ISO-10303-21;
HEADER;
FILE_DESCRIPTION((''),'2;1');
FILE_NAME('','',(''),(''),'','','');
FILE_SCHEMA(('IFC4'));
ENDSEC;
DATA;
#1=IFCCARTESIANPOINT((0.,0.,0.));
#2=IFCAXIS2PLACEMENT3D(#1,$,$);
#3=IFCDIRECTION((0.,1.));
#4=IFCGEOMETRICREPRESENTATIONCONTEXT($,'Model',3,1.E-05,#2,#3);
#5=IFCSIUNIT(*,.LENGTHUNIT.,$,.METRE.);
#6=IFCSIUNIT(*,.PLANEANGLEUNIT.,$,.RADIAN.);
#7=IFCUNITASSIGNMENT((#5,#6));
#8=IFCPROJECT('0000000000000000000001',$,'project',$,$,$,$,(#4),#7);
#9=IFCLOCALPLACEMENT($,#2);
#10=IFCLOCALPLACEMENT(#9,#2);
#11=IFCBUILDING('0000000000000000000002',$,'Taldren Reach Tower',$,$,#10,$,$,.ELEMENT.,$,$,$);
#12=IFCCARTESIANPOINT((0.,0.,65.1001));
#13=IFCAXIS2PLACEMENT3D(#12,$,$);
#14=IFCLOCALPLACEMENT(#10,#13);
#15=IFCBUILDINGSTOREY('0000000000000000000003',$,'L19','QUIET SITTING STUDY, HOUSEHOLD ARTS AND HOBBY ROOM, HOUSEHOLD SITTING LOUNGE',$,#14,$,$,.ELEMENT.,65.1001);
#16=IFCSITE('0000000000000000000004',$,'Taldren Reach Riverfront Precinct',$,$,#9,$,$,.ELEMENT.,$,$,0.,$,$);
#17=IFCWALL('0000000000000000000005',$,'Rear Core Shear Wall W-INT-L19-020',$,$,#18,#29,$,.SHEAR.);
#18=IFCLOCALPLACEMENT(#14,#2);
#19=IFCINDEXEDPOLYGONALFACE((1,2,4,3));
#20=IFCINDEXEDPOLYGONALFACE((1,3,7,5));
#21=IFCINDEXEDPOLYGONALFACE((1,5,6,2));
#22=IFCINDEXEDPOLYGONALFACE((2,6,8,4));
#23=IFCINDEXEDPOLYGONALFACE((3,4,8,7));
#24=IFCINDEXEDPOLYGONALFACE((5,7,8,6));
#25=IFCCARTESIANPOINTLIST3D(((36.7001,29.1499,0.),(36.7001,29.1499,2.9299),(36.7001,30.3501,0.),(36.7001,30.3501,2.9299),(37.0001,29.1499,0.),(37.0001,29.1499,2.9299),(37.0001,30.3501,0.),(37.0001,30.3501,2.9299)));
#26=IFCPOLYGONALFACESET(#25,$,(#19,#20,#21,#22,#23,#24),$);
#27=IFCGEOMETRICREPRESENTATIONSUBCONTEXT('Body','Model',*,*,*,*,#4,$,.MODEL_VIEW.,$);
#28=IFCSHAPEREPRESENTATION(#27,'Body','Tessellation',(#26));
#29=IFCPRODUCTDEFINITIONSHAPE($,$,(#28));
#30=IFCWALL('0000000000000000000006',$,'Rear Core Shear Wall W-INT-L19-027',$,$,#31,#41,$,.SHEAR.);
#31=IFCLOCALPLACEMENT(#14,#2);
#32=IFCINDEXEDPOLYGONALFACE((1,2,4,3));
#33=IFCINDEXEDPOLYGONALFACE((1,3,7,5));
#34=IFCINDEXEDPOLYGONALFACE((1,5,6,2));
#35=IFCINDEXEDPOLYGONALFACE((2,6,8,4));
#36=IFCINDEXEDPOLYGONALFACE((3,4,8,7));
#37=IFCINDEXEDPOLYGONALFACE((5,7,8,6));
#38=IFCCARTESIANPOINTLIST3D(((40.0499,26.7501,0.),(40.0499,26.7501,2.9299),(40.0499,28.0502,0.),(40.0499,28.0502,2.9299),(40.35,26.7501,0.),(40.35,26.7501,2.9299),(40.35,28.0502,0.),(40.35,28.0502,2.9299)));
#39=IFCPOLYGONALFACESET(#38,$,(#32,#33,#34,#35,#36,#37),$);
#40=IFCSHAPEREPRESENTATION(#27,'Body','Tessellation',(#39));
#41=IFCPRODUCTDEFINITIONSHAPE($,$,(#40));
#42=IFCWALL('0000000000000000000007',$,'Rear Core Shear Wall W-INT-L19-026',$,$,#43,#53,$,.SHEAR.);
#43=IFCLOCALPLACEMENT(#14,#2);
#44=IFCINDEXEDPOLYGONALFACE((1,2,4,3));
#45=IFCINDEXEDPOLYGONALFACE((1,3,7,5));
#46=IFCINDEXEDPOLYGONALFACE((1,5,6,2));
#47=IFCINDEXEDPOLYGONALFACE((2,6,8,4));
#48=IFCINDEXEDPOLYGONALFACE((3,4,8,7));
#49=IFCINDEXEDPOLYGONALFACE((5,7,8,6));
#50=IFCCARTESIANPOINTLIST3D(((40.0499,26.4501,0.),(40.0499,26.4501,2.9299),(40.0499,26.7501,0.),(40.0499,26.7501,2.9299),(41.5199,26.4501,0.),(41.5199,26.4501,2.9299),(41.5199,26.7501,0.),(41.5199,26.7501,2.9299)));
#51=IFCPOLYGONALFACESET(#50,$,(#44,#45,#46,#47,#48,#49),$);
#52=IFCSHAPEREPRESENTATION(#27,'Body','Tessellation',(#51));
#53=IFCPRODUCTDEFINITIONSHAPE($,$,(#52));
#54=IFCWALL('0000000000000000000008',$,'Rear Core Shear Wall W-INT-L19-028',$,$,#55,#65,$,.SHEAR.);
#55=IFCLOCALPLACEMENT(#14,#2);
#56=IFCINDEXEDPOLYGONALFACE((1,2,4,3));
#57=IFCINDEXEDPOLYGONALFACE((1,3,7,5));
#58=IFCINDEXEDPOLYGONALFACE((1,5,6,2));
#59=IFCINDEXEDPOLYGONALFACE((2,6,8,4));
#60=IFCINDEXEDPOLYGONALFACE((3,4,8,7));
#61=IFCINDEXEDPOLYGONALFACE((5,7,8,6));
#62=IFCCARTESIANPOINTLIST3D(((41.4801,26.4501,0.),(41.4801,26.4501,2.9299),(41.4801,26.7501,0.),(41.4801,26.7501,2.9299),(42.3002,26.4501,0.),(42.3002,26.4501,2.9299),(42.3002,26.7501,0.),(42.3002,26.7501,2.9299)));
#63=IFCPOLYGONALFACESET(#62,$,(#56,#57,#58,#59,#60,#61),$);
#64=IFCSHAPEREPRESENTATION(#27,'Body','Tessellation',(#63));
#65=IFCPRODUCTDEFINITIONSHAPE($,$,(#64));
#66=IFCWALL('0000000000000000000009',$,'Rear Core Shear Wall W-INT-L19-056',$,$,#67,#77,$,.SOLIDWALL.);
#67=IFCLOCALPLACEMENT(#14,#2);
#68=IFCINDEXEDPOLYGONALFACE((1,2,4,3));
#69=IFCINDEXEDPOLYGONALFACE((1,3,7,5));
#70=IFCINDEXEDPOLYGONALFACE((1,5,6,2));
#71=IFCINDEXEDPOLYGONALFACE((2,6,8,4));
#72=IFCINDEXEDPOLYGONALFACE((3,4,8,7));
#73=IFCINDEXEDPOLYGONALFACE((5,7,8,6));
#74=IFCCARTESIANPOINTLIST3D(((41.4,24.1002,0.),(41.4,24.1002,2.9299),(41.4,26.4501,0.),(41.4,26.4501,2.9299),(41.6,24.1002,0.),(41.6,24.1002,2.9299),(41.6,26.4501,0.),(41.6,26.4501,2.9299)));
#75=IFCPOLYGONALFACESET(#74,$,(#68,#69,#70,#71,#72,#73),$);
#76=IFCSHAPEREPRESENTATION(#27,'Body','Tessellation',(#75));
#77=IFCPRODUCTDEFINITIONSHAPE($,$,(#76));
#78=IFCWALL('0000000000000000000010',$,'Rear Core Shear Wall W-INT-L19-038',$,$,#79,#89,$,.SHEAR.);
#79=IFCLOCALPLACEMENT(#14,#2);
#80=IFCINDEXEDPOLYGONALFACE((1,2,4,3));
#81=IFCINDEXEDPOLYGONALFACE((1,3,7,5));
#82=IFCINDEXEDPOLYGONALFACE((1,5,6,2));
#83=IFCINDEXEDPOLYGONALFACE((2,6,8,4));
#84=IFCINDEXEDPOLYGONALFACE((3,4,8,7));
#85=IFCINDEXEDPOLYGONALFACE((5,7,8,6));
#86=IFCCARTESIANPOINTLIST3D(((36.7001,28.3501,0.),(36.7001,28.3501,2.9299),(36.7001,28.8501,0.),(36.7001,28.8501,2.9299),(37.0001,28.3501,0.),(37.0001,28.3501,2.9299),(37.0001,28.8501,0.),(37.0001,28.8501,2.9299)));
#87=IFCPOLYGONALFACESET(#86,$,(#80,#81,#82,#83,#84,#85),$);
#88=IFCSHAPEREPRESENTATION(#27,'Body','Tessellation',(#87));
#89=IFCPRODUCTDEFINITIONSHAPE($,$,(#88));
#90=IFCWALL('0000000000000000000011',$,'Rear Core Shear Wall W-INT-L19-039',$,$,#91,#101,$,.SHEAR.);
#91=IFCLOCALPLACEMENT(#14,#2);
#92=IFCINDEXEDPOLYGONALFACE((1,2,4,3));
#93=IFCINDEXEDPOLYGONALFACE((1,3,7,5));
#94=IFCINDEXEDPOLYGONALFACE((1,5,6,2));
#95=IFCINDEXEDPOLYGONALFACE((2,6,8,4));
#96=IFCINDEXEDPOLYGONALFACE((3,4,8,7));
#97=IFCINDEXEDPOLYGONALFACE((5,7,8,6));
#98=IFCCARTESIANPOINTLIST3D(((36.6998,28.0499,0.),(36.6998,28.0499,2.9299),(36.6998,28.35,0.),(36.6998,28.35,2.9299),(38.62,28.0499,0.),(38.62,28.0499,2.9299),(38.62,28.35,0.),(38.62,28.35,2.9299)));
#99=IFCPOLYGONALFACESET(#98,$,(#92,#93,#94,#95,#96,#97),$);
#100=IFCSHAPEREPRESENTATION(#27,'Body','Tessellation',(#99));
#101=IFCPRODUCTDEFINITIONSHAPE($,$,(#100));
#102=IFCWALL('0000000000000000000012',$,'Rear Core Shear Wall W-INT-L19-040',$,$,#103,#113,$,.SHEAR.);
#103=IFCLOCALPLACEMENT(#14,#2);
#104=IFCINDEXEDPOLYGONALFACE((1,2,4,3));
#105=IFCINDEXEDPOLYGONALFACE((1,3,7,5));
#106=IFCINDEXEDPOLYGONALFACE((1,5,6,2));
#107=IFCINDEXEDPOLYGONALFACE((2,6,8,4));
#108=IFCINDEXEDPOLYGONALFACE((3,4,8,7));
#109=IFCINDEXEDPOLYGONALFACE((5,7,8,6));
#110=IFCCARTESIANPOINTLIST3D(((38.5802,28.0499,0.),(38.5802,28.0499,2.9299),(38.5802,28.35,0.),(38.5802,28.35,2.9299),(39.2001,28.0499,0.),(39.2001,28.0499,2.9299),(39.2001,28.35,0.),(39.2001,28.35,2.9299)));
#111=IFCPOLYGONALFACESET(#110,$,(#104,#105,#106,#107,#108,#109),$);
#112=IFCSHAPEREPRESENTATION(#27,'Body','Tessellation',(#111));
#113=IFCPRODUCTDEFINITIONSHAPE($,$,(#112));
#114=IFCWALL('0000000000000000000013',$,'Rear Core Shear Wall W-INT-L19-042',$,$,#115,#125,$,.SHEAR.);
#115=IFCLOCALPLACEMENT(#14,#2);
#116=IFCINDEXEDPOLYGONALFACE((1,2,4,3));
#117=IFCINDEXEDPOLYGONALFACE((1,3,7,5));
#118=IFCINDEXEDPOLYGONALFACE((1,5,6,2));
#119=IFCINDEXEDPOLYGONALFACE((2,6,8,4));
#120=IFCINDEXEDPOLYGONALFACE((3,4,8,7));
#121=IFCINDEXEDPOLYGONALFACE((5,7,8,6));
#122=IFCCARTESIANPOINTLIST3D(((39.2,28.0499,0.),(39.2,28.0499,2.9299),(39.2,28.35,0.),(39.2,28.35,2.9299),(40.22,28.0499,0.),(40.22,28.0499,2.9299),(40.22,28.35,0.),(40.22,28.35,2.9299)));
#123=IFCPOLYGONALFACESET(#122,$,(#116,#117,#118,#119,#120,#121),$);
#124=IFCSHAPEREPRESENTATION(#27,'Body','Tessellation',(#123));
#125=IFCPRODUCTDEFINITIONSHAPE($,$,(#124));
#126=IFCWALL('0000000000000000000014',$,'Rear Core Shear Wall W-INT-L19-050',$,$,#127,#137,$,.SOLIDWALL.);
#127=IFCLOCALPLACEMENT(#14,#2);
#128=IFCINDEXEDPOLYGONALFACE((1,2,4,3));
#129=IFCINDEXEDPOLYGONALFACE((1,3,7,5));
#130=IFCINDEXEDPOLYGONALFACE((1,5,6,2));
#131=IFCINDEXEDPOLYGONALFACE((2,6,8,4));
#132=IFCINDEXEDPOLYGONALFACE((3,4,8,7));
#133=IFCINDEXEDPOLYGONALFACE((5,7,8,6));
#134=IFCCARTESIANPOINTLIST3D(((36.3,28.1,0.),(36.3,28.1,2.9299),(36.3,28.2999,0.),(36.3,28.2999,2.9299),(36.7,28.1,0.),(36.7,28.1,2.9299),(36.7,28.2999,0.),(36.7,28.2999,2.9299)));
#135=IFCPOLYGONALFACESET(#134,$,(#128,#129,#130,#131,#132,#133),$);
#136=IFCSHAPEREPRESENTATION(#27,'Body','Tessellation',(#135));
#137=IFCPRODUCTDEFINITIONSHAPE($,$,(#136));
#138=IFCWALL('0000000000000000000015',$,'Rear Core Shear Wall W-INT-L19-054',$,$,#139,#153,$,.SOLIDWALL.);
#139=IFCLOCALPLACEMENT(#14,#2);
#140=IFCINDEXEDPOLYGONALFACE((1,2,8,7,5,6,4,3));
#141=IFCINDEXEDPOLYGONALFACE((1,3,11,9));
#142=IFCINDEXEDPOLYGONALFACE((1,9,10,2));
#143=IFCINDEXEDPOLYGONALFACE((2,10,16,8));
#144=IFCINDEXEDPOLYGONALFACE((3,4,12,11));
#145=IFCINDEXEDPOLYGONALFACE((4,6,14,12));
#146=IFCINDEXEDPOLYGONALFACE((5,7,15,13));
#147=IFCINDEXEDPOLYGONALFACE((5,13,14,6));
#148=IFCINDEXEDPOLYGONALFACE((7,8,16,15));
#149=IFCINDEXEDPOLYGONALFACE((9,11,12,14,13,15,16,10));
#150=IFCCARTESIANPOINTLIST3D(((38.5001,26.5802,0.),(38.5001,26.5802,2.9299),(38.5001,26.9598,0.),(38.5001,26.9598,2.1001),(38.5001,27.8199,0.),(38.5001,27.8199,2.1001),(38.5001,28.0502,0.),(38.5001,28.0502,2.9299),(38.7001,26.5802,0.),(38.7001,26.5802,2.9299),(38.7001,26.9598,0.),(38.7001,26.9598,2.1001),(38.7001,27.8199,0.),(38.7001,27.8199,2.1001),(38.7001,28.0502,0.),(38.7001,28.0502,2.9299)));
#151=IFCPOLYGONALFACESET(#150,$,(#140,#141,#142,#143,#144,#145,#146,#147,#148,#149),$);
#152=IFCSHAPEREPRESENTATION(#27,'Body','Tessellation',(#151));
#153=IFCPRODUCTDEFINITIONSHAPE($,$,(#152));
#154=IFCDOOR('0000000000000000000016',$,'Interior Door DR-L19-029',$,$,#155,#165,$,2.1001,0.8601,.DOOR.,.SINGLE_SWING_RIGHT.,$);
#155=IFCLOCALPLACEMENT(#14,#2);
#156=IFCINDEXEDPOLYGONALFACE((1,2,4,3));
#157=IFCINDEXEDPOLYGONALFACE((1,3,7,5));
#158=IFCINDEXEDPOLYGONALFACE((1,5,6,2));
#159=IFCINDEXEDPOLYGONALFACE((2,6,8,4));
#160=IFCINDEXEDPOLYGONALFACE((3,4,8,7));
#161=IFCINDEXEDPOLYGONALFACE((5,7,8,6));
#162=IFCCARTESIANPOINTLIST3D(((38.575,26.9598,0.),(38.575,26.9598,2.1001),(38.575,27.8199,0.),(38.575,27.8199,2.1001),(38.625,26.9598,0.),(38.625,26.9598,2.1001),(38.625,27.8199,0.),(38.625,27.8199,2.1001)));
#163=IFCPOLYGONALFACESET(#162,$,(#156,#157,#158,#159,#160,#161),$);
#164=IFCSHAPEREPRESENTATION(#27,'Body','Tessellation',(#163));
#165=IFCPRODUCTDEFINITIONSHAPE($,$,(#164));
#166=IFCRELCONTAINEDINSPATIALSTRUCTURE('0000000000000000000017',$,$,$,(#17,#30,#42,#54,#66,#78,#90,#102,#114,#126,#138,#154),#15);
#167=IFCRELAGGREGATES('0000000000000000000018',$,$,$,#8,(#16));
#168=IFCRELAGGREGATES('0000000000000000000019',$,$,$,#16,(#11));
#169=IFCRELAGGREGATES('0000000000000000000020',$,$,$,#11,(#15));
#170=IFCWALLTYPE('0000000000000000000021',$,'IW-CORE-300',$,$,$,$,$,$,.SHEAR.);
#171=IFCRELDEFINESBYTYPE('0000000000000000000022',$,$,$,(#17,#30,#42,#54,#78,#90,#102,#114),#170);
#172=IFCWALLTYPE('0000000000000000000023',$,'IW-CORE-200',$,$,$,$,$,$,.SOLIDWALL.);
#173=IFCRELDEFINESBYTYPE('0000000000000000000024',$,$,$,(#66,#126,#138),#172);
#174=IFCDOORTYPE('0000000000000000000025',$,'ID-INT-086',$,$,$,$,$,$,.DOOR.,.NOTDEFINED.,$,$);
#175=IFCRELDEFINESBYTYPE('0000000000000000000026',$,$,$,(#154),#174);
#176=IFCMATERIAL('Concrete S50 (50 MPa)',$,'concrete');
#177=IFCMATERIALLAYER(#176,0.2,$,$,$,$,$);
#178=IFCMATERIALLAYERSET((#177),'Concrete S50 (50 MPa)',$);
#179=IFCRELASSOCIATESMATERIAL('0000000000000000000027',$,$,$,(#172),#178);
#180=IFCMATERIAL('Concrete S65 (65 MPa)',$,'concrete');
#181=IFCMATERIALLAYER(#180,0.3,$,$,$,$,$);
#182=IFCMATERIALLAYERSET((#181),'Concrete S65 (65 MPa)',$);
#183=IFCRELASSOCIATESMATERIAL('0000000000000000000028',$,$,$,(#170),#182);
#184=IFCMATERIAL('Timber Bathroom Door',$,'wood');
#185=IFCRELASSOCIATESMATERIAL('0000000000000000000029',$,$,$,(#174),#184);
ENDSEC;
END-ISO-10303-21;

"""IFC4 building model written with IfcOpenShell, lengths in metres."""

from ifc_helpers import new_model, si_unit, direction, frame, frame_2d, origin, place, context, subcontext, project, spatial, rectangle, extrude, source, transform, mapped, material, layer, layer_set, type_object, element, fill, save


model = new_model("IFC4")

# Units and contexts
model_context = context("Model", 3, precision=1e-05, world=origin(), true_north=direction((0.0, 1.0)))
body_context = subcontext(model_context, "Body", "Model", "MODEL_VIEW")
ifc_project = project(units=[si_unit("LENGTHUNIT", "METRE"), si_unit("PLANEANGLEUNIT", "RADIAN")], contexts=[model_context])

# Site, building, storey
site_placement = place(None, origin())
site = spatial("IfcSite", under=ifc_project, at=site_placement, Name="Taldren Reach Riverfront Precinct", CompositionType="ELEMENT", RefElevation=0.0)
building_placement = place(site_placement, origin())
building = spatial("IfcBuilding", under=site, at=building_placement, Name="Taldren Reach Tower", CompositionType="ELEMENT")
storey_placement = place(building_placement, frame((0.0, 0.0, 65.1001)))
storey = spatial("IfcBuildingStorey", under=building, at=storey_placement, Name="L19", Description="QUIET SITTING STUDY, HOUSEHOLD ARTS AND HOBBY ROOM, HOUSEHOLD SITTING LOUNGE", CompositionType="ELEMENT", Elevation=65.1001)

# Shared definitions
ifc_material_1 = material(Name="Concrete S50 (50 MPa)", Category="concrete")
ifc_layer_1 = layer(ifc_material_1, 0.2)
ifc_layer_set_1 = layer_set([ifc_layer_1], Name="Concrete S50 (50 MPa)")
wall_type_1 = type_object("IfcWallType", Name="IW-CORE-200", PredefinedType="SOLIDWALL", material=ifc_layer_set_1)

# Walls
ifc_material_2 = material(Name="Concrete S65 (65 MPa)", Category="concrete")
ifc_layer_2 = layer(ifc_material_2, 0.3)
ifc_layer_set_2 = layer_set([ifc_layer_2], Name="Concrete S65 (65 MPa)")
wall_type_2 = type_object("IfcWallType", Name="IW-CORE-300", PredefinedType="SHEAR", material=ifc_layer_set_2)
shared_shape_1 = source(origin(), body_context, "Body", "SweptSolid", [
    extrude(rectangle(XDim=1.2002, YDim=0.3, at=frame_2d((0.6001, 0.0))), origin(), (0.0, 0.0, 1.0), 2.9299),
])
wall_1_placement = place(storey_placement, frame((36.8501, 29.1499, 0.0), z_axis=(0.0, 0.0, 1.0), x_axis=(0.0, 1.0, 0.0)))
element("IfcWall", 1, at=wall_1_placement, inside=storey, type_object=wall_type_2, Name="Rear Core Shear Wall W-INT-L19-020", PredefinedType="SHEAR", context=body_context, shape_type="MappedRepresentation", body=[
    mapped(shared_shape_1, transform((0.0, 0.0, 0.0), scale=1.0)),
])
shared_shape_2 = source(origin(), body_context, "Body", "SweptSolid", [
    extrude(rectangle(XDim=1.3, YDim=0.3, at=frame_2d((0.6499, 0.0))), origin(), (0.0, 0.0, 1.0), 2.9299),
])
wall_2_placement = place(storey_placement, frame((40.2, 28.05, 0.0), z_axis=(0.0, 0.0, 1.0), x_axis=(0.0, -1.0, 0.0)))
element("IfcWall", 2, at=wall_2_placement, inside=storey, type_object=wall_type_2, Name="Rear Core Shear Wall W-INT-L19-027", PredefinedType="SHEAR", context=body_context, shape_type="MappedRepresentation", body=[
    mapped(shared_shape_2, transform((0.0, 0.0, 0.0), scale=1.0)),
])
shared_shape_3 = source(origin(), body_context, "Body", "SweptSolid", [
    extrude(rectangle(XDim=1.47, YDim=0.3, at=frame_2d((0.7349, 0.0))), origin(), (0.0, 0.0, 1.0), 2.9299),
])
wall_3_placement = place(storey_placement, frame((40.05, 26.6001, 0.0), z_axis=(0.0, 0.0, 1.0), x_axis=(1.0, 0.0, 0.0)))
element("IfcWall", 3, at=wall_3_placement, inside=storey, type_object=wall_type_2, Name="Rear Core Shear Wall W-INT-L19-026", PredefinedType="SHEAR", context=body_context, shape_type="MappedRepresentation", body=[
    mapped(shared_shape_3, transform((0.0, 0.0, 0.0), scale=1.0)),
])
shared_shape_4 = source(origin(), body_context, "Body", "SweptSolid", [
    extrude(rectangle(XDim=0.8201, YDim=0.3, at=frame_2d((0.4102, 0.0))), origin(), (0.0, 0.0, 1.0), 2.9299),
])
wall_4_placement = place(storey_placement, frame((41.48, 26.6001, 0.0), z_axis=(0.0, 0.0, 1.0), x_axis=(1.0, 0.0, 0.0)))
element("IfcWall", 4, at=wall_4_placement, inside=storey, type_object=wall_type_2, Name="Rear Core Shear Wall W-INT-L19-028", PredefinedType="SHEAR", context=body_context, shape_type="MappedRepresentation", body=[
    mapped(shared_shape_4, transform((0.0, 0.0, 0.0), scale=1.0)),
])
shared_shape_5 = source(origin(), body_context, "Body", "SweptSolid", [
    extrude(rectangle(XDim=2.3499, YDim=0.2, at=frame_2d((1.1748, 0.0))), origin(), (0.0, 0.0, 1.0), 2.9299),
])
wall_5_placement = place(storey_placement, frame((41.5, 26.45, 0.0), z_axis=(0.0, 0.0, 1.0), x_axis=(0.0, -1.0, 0.0)))
element("IfcWall", 5, at=wall_5_placement, inside=storey, type_object=wall_type_1, Name="Rear Core Shear Wall W-INT-L19-056", PredefinedType="SOLIDWALL", context=body_context, shape_type="MappedRepresentation", body=[
    mapped(shared_shape_5, transform((0.0, 0.0, 0.0), scale=1.0)),
])
shared_shape_6 = source(origin(), body_context, "Body", "SweptSolid", [
    extrude(rectangle(XDim=0.5, YDim=0.3, at=frame_2d((0.25, 0.0))), origin(), (0.0, 0.0, 1.0), 2.9299),
])
wall_6_placement = place(storey_placement, frame((36.8501, 28.8501, 0.0), z_axis=(0.0, 0.0, 1.0), x_axis=(0.0, -1.0, 0.0)))
element("IfcWall", 6, at=wall_6_placement, inside=storey, type_object=wall_type_2, Name="Rear Core Shear Wall W-INT-L19-038", PredefinedType="SHEAR", context=body_context, shape_type="MappedRepresentation", body=[
    mapped(shared_shape_6, transform((0.0, 0.0, 0.0), scale=1.0)),
])
shared_shape_7 = source(origin(), body_context, "Body", "SweptSolid", [
    extrude(rectangle(XDim=1.9202, YDim=0.3, at=frame_2d((0.96, 0.0))), origin(), (0.0, 0.0, 1.0), 2.9299),
])
wall_7_placement = place(storey_placement, frame((36.7, 28.2, 0.0), z_axis=(0.0, 0.0, 1.0), x_axis=(1.0, 0.0, 0.0)))
element("IfcWall", 7, at=wall_7_placement, inside=storey, type_object=wall_type_2, Name="Rear Core Shear Wall W-INT-L19-039", PredefinedType="SHEAR", context=body_context, shape_type="MappedRepresentation", body=[
    mapped(shared_shape_7, transform((0.0, 0.0, 0.0), scale=1.0)),
])
shared_shape_8 = source(origin(), body_context, "Body", "SweptSolid", [
    extrude(rectangle(XDim=0.6199, YDim=0.3, at=frame_2d((0.3101, 0.0))), origin(), (0.0, 0.0, 1.0), 2.9299),
])
wall_8_placement = place(storey_placement, frame((38.5801, 28.2, 0.0), z_axis=(0.0, 0.0, 1.0), x_axis=(1.0, 0.0, 0.0)))
element("IfcWall", 8, at=wall_8_placement, inside=storey, type_object=wall_type_2, Name="Rear Core Shear Wall W-INT-L19-040", PredefinedType="SHEAR", context=body_context, shape_type="MappedRepresentation", body=[
    mapped(shared_shape_8, transform((0.0, 0.0, 0.0), scale=1.0)),
])
shared_shape_9 = source(origin(), body_context, "Body", "SweptSolid", [
    extrude(rectangle(XDim=1.02, YDim=0.3, at=frame_2d((0.51, 0.0))), origin(), (0.0, 0.0, 1.0), 2.9299),
])
wall_9_placement = place(storey_placement, frame((39.2, 28.2, 0.0), z_axis=(0.0, 0.0, 1.0), x_axis=(1.0, 0.0, 0.0)))
element("IfcWall", 9, at=wall_9_placement, inside=storey, type_object=wall_type_2, Name="Rear Core Shear Wall W-INT-L19-042", PredefinedType="SHEAR", context=body_context, shape_type="MappedRepresentation", body=[
    mapped(shared_shape_9, transform((0.0, 0.0, 0.0), scale=1.0)),
])
shared_shape_10 = source(origin(), body_context, "Body", "SweptSolid", [
    extrude(rectangle(XDim=0.3999, YDim=0.2, at=frame_2d((0.2, 0.0))), origin(), (0.0, 0.0, 1.0), 2.9299),
])
wall_10_placement = place(storey_placement, frame((36.7, 28.2, 0.0), z_axis=(0.0, 0.0, 1.0), x_axis=(-1.0, 0.0, 0.0)))
element("IfcWall", 10, at=wall_10_placement, inside=storey, type_object=wall_type_1, Name="Rear Core Shear Wall W-INT-L19-050", PredefinedType="SOLIDWALL", context=body_context, shape_type="MappedRepresentation", body=[
    mapped(shared_shape_10, transform((0.0, 0.0, 0.0), scale=1.0)),
])

# Wall, opening, door
shared_shape_11 = source(origin(), body_context, "Body", "SweptSolid", [
    extrude(rectangle(XDim=1.47, YDim=0.2, at=frame_2d((0.7349, 0.0))), origin(), (0.0, 0.0, 1.0), 2.9299),
])
wall_11_placement = place(storey_placement, frame((38.6001, 28.05, 0.0), z_axis=(0.0, 0.0, 1.0), x_axis=(0.0, -1.0, 0.0)))
wall_11 = element("IfcWall", 11, at=wall_11_placement, inside=storey, type_object=wall_type_1, Name="Rear Core Shear Wall W-INT-L19-054", PredefinedType="SOLIDWALL", context=body_context, shape_type="MappedRepresentation", body=[
    mapped(shared_shape_11, transform((0.0, 0.0, 0.0), scale=1.0)),
])
shared_shape_12 = source(origin(), body_context, "Body", "SweptSolid", [
    extrude(rectangle(XDim=0.8601, YDim=2.1001, at=frame_2d((0.4302, 1.05))), frame((0.0, 0.1099, 0.0), z_axis=(0.0, -1.0, 0.0), x_axis=(1.0, 0.0, 0.0)), (0.0, 0.0, 1.0), 0.22),
])
opening_1_placement = place(wall_11_placement, frame((0.23, 0.0, 0.0)))
opening_1 = element("IfcOpeningElement", 12, at=opening_1_placement, cuts=wall_11, PredefinedType="OPENING", context=body_context, shape_type="MappedRepresentation", body=[
    mapped(shared_shape_12, transform((0.0, 0.0, 0.0), scale=1.0)),
])
ifc_material_3 = material(Name="Timber Bathroom Door", Category="wood")
door_type_1 = type_object("IfcDoorType", Name="ID-INT-086", OperationType="NOTDEFINED", PredefinedType="DOOR", material=ifc_material_3)
shared_shape_13 = source(origin(), body_context, "Body", "SweptSolid", [
    extrude(rectangle(XDim=0.8601, YDim=2.1001, at=frame_2d((0.4302, 1.05))), frame((0.0, 0.0249, 0.0), z_axis=(0.0, -1.0, 0.0), x_axis=(1.0, 0.0, 0.0)), (0.0, 0.0, 1.0), 0.05),
])
door_1_placement = place(opening_1_placement, origin())
door_1 = element("IfcDoor", 13, at=door_1_placement, inside=storey, type_object=door_type_1, Name="Interior Door DR-L19-029", OperationType="SINGLE_SWING_RIGHT", OverallHeight=2.1001, OverallWidth=0.8601, PredefinedType="DOOR", context=body_context, shape_type="MappedRepresentation", body=[
    mapped(shared_shape_13, transform((0.0, 0.0, 0.0), scale=1.0)),
])
fill(opening_1, door_1)

save(model, "model.ifc")
